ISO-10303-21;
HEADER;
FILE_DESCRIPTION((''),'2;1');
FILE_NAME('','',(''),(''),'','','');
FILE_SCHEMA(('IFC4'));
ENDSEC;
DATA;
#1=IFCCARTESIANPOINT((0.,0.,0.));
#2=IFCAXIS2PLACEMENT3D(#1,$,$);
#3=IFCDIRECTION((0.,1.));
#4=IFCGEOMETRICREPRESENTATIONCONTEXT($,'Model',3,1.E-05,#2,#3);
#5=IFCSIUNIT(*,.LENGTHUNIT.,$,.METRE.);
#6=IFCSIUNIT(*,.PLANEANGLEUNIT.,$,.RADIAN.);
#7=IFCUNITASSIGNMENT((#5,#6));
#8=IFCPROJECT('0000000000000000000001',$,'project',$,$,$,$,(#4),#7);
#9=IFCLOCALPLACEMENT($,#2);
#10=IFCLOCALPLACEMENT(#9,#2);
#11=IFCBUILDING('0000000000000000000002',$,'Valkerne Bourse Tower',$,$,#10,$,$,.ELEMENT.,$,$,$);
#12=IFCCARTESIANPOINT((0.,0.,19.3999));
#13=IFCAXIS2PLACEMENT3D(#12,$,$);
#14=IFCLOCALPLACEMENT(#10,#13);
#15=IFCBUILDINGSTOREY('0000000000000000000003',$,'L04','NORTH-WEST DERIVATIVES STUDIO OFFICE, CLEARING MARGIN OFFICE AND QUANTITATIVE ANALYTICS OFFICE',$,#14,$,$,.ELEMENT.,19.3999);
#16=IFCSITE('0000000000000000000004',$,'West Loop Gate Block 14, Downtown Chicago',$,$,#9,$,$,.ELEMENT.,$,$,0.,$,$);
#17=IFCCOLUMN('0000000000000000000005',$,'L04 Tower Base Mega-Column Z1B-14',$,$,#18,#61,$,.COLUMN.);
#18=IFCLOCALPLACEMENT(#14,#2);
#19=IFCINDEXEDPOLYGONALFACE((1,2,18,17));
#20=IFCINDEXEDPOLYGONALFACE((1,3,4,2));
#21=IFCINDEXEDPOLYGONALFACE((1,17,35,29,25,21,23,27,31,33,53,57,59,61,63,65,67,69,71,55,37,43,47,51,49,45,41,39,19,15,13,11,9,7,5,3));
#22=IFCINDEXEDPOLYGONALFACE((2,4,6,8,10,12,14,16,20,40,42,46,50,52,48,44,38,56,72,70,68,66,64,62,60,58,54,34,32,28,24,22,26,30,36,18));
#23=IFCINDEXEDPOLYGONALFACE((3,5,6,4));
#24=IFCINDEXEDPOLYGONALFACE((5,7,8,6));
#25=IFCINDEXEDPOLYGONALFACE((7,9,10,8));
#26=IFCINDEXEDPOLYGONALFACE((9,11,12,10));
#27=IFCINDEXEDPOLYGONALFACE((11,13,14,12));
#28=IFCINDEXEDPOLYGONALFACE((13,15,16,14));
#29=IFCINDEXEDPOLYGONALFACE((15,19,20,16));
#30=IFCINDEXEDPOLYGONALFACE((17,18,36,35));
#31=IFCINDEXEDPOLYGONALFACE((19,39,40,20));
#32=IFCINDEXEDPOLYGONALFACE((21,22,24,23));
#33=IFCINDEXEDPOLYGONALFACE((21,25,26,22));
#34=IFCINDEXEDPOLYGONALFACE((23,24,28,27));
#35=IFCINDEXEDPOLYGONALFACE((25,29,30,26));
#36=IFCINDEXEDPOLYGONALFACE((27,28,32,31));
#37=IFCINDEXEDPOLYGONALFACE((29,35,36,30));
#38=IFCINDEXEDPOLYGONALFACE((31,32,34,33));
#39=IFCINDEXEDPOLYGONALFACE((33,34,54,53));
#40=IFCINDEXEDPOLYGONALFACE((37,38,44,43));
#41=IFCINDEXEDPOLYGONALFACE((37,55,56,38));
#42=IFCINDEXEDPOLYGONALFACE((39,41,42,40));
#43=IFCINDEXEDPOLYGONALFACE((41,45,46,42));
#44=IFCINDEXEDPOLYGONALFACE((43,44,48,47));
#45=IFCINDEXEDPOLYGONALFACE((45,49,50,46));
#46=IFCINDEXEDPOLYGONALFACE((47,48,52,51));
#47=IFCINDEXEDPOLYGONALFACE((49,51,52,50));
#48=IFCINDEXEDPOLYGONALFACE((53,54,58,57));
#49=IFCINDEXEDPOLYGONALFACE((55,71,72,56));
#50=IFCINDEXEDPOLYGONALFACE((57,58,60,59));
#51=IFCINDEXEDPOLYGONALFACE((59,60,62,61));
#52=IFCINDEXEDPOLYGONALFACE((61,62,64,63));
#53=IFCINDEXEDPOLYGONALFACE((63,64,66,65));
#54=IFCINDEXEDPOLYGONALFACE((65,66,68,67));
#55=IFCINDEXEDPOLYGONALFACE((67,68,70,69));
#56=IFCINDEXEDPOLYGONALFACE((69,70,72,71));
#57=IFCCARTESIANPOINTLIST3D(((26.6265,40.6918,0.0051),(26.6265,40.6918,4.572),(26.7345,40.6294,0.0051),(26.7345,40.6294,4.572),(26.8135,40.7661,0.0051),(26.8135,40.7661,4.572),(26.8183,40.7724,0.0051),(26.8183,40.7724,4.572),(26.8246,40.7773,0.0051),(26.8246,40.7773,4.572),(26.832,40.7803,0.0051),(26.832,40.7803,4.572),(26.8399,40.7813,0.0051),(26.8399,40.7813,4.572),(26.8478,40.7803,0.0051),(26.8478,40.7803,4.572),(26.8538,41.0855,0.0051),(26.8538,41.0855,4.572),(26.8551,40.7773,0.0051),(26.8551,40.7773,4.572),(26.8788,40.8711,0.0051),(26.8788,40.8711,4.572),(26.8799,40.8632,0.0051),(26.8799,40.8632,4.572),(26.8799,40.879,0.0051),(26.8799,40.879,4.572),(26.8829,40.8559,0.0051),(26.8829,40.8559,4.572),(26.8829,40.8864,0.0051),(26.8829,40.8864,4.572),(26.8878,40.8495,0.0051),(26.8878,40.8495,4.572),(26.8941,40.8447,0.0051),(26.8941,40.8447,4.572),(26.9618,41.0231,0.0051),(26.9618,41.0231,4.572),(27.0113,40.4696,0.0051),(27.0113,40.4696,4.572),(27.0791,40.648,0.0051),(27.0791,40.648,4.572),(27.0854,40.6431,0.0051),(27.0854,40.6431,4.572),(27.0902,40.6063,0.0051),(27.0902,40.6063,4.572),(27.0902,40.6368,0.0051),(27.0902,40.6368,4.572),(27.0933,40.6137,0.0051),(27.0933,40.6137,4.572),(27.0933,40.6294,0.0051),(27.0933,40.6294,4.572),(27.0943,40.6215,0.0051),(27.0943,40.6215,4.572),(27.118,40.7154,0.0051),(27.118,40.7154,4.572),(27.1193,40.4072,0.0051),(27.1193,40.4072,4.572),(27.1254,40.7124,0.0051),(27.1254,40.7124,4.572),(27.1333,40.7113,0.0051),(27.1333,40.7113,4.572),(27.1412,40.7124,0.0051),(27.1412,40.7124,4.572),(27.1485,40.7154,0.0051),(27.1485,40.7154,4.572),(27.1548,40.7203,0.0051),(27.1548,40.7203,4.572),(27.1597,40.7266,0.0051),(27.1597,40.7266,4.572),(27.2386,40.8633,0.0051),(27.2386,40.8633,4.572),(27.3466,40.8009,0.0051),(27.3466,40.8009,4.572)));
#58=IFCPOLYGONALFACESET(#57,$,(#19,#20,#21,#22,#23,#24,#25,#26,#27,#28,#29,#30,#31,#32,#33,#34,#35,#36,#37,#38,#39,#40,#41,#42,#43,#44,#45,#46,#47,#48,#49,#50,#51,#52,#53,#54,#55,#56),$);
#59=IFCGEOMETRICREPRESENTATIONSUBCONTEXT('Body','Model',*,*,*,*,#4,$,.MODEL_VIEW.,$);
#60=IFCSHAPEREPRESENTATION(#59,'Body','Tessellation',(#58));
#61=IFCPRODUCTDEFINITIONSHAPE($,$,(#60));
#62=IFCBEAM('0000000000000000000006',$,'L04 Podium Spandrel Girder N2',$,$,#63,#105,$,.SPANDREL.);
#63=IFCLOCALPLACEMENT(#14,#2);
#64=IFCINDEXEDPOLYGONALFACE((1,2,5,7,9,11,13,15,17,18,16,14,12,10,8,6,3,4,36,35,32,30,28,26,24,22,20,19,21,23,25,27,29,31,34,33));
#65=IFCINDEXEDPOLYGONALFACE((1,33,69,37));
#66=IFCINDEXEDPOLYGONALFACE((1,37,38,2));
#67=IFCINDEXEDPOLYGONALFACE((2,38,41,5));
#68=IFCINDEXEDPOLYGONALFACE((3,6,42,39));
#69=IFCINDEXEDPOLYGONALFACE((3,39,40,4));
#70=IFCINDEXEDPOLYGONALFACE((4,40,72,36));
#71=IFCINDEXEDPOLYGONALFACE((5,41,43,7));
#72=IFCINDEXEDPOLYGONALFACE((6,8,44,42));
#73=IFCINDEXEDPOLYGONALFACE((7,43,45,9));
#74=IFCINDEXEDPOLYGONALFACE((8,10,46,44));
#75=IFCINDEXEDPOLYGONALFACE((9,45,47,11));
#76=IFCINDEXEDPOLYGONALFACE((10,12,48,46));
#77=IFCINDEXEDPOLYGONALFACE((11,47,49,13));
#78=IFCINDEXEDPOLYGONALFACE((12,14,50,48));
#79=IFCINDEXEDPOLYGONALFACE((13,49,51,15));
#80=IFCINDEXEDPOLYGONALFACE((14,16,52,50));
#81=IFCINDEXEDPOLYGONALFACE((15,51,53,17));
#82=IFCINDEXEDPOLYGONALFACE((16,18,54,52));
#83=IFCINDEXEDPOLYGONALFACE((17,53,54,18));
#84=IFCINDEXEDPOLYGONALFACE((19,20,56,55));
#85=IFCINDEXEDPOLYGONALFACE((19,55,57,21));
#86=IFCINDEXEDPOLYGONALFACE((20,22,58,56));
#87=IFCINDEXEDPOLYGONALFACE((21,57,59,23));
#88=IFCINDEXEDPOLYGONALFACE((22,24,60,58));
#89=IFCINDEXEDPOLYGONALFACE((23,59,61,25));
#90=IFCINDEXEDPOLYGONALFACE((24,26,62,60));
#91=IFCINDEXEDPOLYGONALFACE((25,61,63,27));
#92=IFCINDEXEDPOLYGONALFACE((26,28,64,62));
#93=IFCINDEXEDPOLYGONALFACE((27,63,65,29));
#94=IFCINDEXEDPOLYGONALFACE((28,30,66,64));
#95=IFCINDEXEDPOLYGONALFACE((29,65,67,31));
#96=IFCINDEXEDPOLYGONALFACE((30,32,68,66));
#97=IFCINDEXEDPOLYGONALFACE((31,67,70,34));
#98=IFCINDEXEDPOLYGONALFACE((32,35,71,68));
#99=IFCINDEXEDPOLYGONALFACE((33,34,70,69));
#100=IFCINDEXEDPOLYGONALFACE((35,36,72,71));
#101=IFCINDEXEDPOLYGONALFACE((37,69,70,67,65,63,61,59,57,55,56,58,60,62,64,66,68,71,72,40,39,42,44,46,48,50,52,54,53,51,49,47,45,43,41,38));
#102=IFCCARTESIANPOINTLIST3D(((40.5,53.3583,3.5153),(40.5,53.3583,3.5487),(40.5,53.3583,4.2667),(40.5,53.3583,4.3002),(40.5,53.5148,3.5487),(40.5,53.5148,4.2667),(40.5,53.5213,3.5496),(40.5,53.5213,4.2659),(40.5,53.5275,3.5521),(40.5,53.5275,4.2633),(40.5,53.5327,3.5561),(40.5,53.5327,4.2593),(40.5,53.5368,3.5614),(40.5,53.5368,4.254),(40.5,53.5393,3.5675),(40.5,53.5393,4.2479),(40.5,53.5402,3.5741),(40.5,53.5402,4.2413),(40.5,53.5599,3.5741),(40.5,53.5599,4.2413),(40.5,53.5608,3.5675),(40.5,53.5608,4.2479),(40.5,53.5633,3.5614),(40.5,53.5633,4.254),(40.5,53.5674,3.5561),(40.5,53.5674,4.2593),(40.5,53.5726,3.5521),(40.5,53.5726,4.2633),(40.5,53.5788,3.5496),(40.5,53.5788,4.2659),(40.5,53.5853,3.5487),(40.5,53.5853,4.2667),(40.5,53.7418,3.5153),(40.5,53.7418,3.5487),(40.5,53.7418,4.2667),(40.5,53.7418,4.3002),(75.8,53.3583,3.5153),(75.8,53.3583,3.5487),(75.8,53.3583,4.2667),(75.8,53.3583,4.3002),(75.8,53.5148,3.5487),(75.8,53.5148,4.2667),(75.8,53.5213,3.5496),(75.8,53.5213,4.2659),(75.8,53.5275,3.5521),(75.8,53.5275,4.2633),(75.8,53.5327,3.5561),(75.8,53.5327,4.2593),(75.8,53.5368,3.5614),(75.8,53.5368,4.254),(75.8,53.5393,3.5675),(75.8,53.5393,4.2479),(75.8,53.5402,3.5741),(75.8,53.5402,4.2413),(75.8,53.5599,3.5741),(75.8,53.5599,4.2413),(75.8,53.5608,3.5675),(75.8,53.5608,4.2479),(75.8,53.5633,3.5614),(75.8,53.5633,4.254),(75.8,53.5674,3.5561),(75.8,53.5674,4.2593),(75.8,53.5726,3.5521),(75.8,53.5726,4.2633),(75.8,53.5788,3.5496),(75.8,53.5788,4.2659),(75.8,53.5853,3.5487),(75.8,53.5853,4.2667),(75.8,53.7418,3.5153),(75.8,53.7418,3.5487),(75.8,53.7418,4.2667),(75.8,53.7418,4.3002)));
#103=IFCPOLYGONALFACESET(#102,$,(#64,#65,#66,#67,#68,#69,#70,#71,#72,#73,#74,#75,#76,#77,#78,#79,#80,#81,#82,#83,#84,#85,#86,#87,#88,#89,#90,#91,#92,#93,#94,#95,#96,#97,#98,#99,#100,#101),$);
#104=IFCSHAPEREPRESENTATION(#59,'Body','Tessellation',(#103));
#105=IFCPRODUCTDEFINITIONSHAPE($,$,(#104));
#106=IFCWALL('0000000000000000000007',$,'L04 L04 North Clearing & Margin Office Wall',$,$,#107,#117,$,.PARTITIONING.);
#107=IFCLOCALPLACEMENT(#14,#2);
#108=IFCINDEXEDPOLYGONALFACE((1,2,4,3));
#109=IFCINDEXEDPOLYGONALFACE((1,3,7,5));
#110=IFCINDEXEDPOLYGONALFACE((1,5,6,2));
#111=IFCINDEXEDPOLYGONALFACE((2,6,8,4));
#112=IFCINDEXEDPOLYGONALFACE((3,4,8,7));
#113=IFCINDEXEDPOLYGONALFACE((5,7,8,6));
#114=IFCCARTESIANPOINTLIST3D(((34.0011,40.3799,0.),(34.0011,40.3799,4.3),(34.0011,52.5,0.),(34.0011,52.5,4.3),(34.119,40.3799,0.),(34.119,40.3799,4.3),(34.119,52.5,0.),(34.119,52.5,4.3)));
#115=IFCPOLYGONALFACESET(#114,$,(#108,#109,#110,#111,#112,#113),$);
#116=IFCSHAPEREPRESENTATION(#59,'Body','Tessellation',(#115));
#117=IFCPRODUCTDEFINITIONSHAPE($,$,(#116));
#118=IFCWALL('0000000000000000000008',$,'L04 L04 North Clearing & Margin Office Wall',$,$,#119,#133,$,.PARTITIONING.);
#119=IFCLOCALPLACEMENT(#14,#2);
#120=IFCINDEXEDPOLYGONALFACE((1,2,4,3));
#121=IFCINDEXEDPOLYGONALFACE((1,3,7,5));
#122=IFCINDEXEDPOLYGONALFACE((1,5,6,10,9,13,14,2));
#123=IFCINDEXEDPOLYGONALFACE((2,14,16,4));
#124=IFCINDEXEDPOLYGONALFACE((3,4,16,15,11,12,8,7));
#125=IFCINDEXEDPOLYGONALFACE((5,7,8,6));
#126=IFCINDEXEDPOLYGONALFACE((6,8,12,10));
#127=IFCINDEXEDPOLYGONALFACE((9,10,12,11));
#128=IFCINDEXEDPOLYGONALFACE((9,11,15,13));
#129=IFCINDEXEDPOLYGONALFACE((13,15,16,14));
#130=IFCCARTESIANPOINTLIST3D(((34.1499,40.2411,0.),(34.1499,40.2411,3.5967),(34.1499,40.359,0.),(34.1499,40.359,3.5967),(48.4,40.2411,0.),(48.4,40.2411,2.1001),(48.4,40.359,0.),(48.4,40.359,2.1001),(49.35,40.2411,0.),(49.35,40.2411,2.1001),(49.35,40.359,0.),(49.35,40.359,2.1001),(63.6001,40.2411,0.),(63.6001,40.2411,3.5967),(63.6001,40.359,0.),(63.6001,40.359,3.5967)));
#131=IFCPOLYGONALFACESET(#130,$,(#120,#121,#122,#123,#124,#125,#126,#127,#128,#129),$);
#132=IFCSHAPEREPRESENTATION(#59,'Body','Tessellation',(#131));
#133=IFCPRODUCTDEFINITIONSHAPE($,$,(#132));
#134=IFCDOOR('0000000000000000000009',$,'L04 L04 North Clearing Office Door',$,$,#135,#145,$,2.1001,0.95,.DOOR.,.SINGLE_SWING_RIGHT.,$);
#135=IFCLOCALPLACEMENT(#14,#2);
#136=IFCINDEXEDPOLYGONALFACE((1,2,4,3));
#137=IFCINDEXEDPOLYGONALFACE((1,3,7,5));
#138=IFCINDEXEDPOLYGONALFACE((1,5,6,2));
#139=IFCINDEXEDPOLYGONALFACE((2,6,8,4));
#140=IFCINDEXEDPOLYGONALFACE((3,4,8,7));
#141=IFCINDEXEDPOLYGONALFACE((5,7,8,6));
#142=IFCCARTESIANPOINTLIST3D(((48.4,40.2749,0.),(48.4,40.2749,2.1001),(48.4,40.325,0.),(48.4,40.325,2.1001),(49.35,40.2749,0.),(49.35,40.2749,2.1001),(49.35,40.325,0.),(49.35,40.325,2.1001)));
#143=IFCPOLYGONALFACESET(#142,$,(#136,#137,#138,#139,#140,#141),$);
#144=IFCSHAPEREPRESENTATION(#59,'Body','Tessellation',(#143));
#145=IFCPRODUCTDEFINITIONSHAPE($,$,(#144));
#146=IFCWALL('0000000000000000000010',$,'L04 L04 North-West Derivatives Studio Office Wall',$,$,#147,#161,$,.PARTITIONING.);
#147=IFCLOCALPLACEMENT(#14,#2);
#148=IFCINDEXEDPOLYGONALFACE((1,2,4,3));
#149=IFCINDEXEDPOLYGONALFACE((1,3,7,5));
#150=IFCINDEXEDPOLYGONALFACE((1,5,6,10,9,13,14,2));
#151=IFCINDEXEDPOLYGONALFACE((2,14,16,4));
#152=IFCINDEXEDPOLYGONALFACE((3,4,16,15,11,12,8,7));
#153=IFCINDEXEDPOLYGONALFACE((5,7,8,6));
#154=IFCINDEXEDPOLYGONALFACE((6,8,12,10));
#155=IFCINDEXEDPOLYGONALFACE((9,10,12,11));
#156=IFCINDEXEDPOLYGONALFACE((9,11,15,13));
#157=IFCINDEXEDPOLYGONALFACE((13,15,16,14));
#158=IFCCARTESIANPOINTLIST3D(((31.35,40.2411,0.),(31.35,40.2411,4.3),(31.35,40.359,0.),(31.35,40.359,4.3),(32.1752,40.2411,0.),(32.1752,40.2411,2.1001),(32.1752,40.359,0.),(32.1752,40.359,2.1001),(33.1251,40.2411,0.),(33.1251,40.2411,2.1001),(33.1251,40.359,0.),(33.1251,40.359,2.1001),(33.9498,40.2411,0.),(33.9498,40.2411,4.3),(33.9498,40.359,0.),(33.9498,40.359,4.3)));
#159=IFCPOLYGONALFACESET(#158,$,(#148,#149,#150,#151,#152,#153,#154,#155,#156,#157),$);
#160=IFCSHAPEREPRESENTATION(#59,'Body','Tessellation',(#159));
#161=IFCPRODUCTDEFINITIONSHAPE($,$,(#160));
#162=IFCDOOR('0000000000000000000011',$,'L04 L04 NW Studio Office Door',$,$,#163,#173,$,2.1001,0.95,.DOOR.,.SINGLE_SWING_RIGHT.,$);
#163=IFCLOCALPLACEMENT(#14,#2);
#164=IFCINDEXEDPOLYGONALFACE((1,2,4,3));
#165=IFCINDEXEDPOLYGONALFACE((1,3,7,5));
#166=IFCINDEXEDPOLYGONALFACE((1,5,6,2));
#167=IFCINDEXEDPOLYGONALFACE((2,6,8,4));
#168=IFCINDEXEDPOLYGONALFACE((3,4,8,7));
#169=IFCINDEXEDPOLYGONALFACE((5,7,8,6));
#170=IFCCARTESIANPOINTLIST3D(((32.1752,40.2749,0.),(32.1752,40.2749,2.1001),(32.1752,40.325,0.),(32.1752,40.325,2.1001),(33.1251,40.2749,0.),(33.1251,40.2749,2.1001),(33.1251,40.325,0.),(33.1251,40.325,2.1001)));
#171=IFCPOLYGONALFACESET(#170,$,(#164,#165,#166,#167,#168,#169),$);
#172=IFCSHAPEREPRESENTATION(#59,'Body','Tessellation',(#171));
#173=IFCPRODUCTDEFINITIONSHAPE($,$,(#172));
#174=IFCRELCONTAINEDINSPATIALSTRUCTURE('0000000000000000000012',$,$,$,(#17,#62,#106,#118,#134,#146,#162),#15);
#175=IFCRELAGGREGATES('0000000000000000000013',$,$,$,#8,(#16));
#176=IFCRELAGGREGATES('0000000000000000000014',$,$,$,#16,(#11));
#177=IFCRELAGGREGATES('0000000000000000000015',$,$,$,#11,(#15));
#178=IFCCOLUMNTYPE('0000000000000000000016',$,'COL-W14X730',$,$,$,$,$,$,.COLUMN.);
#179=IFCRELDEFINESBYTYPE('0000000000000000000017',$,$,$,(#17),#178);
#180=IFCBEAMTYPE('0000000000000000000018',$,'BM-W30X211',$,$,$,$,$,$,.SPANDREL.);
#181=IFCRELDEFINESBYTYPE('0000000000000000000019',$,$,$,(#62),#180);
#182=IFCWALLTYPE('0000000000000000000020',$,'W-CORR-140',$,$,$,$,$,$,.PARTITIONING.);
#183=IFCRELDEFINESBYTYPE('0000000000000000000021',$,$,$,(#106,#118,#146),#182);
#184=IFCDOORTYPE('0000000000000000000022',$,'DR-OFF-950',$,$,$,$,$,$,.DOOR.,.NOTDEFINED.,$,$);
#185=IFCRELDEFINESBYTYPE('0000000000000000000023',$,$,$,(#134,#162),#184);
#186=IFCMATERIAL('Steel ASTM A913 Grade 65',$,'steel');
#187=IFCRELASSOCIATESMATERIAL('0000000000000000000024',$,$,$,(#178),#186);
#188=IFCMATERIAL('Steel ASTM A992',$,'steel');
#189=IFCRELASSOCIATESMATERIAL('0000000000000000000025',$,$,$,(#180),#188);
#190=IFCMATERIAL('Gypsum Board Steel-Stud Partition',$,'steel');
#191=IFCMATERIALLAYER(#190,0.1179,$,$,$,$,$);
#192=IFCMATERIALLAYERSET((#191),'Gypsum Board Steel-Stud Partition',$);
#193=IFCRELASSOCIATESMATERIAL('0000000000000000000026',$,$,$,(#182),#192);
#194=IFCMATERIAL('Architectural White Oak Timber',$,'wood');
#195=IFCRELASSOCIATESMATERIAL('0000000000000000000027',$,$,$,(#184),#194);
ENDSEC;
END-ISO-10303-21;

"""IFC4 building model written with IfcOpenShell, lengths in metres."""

from ifc_helpers import new_model, si_unit, direction, frame, frame_2d, origin, origin_2d, place, context, subcontext, project, spatial, rectangle, i_section, extrude, material, layer, layer_set, material_profile, profile_set, type_object, element, fill, save


model = new_model("IFC4")

# Units and contexts
model_context = context("Model", 3, precision=1e-05, world=origin(), true_north=direction((0.0, 1.0)))
body_context = subcontext(model_context, "Body", "Model", "MODEL_VIEW")
ifc_project = project(units=[si_unit("LENGTHUNIT", "METRE"), si_unit("PLANEANGLEUNIT", "RADIAN")], contexts=[model_context])

# Site, building, storey
site_placement = place(None, origin())
site = spatial("IfcSite", under=ifc_project, at=site_placement, Name="West Loop Gate Block 14, Downtown Chicago", CompositionType="ELEMENT", RefElevation=0.0)
building_placement = place(site_placement, origin())
building = spatial("IfcBuilding", under=site, at=building_placement, Name="Valkerne Bourse Tower", CompositionType="ELEMENT")
storey_placement = place(building_placement, frame((0.0, 0.0, 19.3999)))
storey = spatial("IfcBuildingStorey", under=building, at=storey_placement, Name="L04", Description="NORTH-WEST DERIVATIVES STUDIO OFFICE, CLEARING MARGIN OFFICE AND QUANTITATIVE ANALYTICS OFFICE", CompositionType="ELEMENT", Elevation=19.3999)

# Column
ifc_material_1 = material(Name="Steel ASTM A913 Grade 65", Category="steel")
ifc_material_profile_1 = material_profile(ifc_material_1, i_section(OverallWidth=0.4546, OverallDepth=0.5691, WebThickness=0.0779, FlangeThickness=0.1248, FilletRadius=0.0305, at=origin_2d()), Name="W14X730")
ifc_profile_set_1 = profile_set([ifc_material_profile_1], Name="Steel ASTM A913 Grade 65")
column_type_1 = type_object("IfcColumnType", Name="COL-W14X730", PredefinedType="COLUMN", material=ifc_profile_set_1)
for number, where, z_axis, x_axis, name in (
    (1, (26.9866, 40.7463, 0.0051), (0.0, 0.0, 1.0), (-0.5, -0.866025, 0.0), "L04 Tower Base Mega-Column Z1B-14"),
):
    element("IfcColumn", number, at=place(storey_placement, frame(where, z_axis=z_axis, x_axis=x_axis)), inside=storey, type_object=column_type_1, Name=name, PredefinedType="COLUMN", context=body_context, shape_type="SweptSolid", body=[
        extrude(i_section(OverallWidth=0.4546, OverallDepth=0.5691, WebThickness=0.0779, FlangeThickness=0.1248, FilletRadius=0.0305, at=origin_2d()), origin(), (0.0, 0.0, 1.0), 4.5669),
    ])

# Beam
ifc_material_2 = material(Name="Steel ASTM A992", Category="steel")
ifc_material_profile_2 = material_profile(ifc_material_2, i_section(OverallWidth=0.3835, OverallDepth=0.7849, WebThickness=0.0198, FlangeThickness=0.0334, FilletRadius=0.0254, at=origin_2d()), Name="W30X211")
ifc_profile_set_2 = profile_set([ifc_material_profile_2], Name="Steel ASTM A992")
beam_type = type_object("IfcBeamType", Name="BM-W30X211", PredefinedType="SPANDREL", material=ifc_profile_set_2)
beam_placement = place(storey_placement, frame((40.5, 53.55, 3.9077), z_axis=(1.0, 0.0, 0.0), x_axis=(0.0, 1.0, 0.0)))
element("IfcBeam", 2, at=beam_placement, inside=storey, type_object=beam_type, Name="L04 Podium Spandrel Girder N2", PredefinedType="SPANDREL", context=body_context, shape_type="SweptSolid", body=[
    extrude(i_section(OverallWidth=0.3835, OverallDepth=0.7849, WebThickness=0.0198, FlangeThickness=0.0334, FilletRadius=0.0254, at=origin_2d()), origin(), (0.0, 0.0, 1.0), 35.3),
])

# Wall
ifc_material_3 = material(Name="Gypsum Board Steel-Stud Partition", Category="steel")
ifc_layer_1 = layer(ifc_material_3, 0.1179)
ifc_layer_set_1 = layer_set([ifc_layer_1], Name="Gypsum Board Steel-Stud Partition")
wall_type_1 = type_object("IfcWallType", Name="W-CORR-140", PredefinedType="PARTITIONING", material=ifc_layer_set_1)
wall_1_placement = place(storey_placement, frame((34.0601, 40.3799, 0.0), z_axis=(0.0, 0.0, 1.0), x_axis=(0.0, 1.0, 0.0)))
element("IfcWall", 3, at=wall_1_placement, inside=storey, type_object=wall_type_1, Name="L04 L04 North Clearing & Margin Office Wall", PredefinedType="PARTITIONING", context=body_context, shape_type="SweptSolid", body=[
    extrude(rectangle(XDim=12.1201, YDim=0.1179, at=frame_2d((6.0601, 0.0))), origin(), (0.0, 0.0, 1.0), 4.3),
])

# Walls, openings, doors
wall_2_placement = place(storey_placement, frame((34.1499, 40.3, 0.0), z_axis=(0.0, 0.0, 1.0), x_axis=(1.0, 0.0, 0.0)))
wall_2 = element("IfcWall", 4, at=wall_2_placement, inside=storey, type_object=wall_type_1, Name="L04 L04 North Clearing & Margin Office Wall", PredefinedType="PARTITIONING", context=body_context, shape_type="SweptSolid", body=[
    extrude(rectangle(XDim=29.4502, YDim=0.1179, at=frame_2d((14.7251, 0.0))), origin(), (0.0, 0.0, 1.0), 3.5967),
])
opening_1_placement = place(wall_2_placement, frame((14.25, 0.0, 0.0)))
opening_1 = element("IfcOpeningElement", 5, at=opening_1_placement, cuts=wall_2, PredefinedType="OPENING", context=body_context, shape_type="SweptSolid", body=[
    extrude(rectangle(XDim=0.95, YDim=2.1001, at=frame_2d((0.4751, 1.05))), frame((0.0, 0.0688, 0.0), z_axis=(0.0, -1.0, 0.0), x_axis=(1.0, 0.0, 0.0)), (0.0, 0.0, 1.0), 0.1379),
])
ifc_material_4 = material(Name="Architectural White Oak Timber", Category="wood")
door_type_1 = type_object("IfcDoorType", Name="DR-OFF-950", OperationType="NOTDEFINED", PredefinedType="DOOR", material=ifc_material_4)
door_1_placement = place(opening_1_placement, origin())
door_1 = element("IfcDoor", 6, at=door_1_placement, inside=storey, type_object=door_type_1, Name="L04 L04 North Clearing Office Door", OperationType="SINGLE_SWING_RIGHT", OverallHeight=2.1001, OverallWidth=0.95, PredefinedType="DOOR", context=body_context, shape_type="SweptSolid", body=[
    extrude(rectangle(XDim=0.95, YDim=2.1001, at=frame_2d((0.4751, 1.05))), frame((0.0, 0.0249, 0.0), z_axis=(0.0, -1.0, 0.0), x_axis=(1.0, 0.0, 0.0)), (0.0, 0.0, 1.0), 0.05),
])
fill(opening_1, door_1)
wall_3_placement = place(storey_placement, frame((31.3501, 40.3, 0.0), z_axis=(0.0, 0.0, 1.0), x_axis=(1.0, 0.0, 0.0)))
wall_3 = element("IfcWall", 7, at=wall_3_placement, inside=storey, type_object=wall_type_1, Name="L04 L04 North-West Derivatives Studio Office Wall", PredefinedType="PARTITIONING", context=body_context, shape_type="SweptSolid", body=[
    extrude(rectangle(XDim=2.5999, YDim=0.1179, at=frame_2d((1.2998, 0.0))), origin(), (0.0, 0.0, 1.0), 4.3),
])
opening_2_placement = place(wall_3_placement, frame((0.825, 0.0, 0.0)))
opening_2 = element("IfcOpeningElement", 8, at=opening_2_placement, cuts=wall_3, PredefinedType="OPENING", context=body_context, shape_type="SweptSolid", body=[
    extrude(rectangle(XDim=0.95, YDim=2.1001, at=frame_2d((0.4751, 1.05))), frame((0.0, 0.0688, 0.0), z_axis=(0.0, -1.0, 0.0), x_axis=(1.0, 0.0, 0.0)), (0.0, 0.0, 1.0), 0.1379),
])
door_2_placement = place(opening_2_placement, origin())
door_2 = element("IfcDoor", 9, at=door_2_placement, inside=storey, type_object=door_type_1, Name="L04 L04 NW Studio Office Door", OperationType="SINGLE_SWING_RIGHT", OverallHeight=2.1001, OverallWidth=0.95, PredefinedType="DOOR", context=body_context, shape_type="SweptSolid", body=[
    extrude(rectangle(XDim=0.95, YDim=2.1001, at=frame_2d((0.4751, 1.05))), frame((0.0, 0.0249, 0.0), z_axis=(0.0, -1.0, 0.0), x_axis=(1.0, 0.0, 0.0)), (0.0, 0.0, 1.0), 0.05),
])
fill(opening_2, door_2)

save(model, "model.ifc")
